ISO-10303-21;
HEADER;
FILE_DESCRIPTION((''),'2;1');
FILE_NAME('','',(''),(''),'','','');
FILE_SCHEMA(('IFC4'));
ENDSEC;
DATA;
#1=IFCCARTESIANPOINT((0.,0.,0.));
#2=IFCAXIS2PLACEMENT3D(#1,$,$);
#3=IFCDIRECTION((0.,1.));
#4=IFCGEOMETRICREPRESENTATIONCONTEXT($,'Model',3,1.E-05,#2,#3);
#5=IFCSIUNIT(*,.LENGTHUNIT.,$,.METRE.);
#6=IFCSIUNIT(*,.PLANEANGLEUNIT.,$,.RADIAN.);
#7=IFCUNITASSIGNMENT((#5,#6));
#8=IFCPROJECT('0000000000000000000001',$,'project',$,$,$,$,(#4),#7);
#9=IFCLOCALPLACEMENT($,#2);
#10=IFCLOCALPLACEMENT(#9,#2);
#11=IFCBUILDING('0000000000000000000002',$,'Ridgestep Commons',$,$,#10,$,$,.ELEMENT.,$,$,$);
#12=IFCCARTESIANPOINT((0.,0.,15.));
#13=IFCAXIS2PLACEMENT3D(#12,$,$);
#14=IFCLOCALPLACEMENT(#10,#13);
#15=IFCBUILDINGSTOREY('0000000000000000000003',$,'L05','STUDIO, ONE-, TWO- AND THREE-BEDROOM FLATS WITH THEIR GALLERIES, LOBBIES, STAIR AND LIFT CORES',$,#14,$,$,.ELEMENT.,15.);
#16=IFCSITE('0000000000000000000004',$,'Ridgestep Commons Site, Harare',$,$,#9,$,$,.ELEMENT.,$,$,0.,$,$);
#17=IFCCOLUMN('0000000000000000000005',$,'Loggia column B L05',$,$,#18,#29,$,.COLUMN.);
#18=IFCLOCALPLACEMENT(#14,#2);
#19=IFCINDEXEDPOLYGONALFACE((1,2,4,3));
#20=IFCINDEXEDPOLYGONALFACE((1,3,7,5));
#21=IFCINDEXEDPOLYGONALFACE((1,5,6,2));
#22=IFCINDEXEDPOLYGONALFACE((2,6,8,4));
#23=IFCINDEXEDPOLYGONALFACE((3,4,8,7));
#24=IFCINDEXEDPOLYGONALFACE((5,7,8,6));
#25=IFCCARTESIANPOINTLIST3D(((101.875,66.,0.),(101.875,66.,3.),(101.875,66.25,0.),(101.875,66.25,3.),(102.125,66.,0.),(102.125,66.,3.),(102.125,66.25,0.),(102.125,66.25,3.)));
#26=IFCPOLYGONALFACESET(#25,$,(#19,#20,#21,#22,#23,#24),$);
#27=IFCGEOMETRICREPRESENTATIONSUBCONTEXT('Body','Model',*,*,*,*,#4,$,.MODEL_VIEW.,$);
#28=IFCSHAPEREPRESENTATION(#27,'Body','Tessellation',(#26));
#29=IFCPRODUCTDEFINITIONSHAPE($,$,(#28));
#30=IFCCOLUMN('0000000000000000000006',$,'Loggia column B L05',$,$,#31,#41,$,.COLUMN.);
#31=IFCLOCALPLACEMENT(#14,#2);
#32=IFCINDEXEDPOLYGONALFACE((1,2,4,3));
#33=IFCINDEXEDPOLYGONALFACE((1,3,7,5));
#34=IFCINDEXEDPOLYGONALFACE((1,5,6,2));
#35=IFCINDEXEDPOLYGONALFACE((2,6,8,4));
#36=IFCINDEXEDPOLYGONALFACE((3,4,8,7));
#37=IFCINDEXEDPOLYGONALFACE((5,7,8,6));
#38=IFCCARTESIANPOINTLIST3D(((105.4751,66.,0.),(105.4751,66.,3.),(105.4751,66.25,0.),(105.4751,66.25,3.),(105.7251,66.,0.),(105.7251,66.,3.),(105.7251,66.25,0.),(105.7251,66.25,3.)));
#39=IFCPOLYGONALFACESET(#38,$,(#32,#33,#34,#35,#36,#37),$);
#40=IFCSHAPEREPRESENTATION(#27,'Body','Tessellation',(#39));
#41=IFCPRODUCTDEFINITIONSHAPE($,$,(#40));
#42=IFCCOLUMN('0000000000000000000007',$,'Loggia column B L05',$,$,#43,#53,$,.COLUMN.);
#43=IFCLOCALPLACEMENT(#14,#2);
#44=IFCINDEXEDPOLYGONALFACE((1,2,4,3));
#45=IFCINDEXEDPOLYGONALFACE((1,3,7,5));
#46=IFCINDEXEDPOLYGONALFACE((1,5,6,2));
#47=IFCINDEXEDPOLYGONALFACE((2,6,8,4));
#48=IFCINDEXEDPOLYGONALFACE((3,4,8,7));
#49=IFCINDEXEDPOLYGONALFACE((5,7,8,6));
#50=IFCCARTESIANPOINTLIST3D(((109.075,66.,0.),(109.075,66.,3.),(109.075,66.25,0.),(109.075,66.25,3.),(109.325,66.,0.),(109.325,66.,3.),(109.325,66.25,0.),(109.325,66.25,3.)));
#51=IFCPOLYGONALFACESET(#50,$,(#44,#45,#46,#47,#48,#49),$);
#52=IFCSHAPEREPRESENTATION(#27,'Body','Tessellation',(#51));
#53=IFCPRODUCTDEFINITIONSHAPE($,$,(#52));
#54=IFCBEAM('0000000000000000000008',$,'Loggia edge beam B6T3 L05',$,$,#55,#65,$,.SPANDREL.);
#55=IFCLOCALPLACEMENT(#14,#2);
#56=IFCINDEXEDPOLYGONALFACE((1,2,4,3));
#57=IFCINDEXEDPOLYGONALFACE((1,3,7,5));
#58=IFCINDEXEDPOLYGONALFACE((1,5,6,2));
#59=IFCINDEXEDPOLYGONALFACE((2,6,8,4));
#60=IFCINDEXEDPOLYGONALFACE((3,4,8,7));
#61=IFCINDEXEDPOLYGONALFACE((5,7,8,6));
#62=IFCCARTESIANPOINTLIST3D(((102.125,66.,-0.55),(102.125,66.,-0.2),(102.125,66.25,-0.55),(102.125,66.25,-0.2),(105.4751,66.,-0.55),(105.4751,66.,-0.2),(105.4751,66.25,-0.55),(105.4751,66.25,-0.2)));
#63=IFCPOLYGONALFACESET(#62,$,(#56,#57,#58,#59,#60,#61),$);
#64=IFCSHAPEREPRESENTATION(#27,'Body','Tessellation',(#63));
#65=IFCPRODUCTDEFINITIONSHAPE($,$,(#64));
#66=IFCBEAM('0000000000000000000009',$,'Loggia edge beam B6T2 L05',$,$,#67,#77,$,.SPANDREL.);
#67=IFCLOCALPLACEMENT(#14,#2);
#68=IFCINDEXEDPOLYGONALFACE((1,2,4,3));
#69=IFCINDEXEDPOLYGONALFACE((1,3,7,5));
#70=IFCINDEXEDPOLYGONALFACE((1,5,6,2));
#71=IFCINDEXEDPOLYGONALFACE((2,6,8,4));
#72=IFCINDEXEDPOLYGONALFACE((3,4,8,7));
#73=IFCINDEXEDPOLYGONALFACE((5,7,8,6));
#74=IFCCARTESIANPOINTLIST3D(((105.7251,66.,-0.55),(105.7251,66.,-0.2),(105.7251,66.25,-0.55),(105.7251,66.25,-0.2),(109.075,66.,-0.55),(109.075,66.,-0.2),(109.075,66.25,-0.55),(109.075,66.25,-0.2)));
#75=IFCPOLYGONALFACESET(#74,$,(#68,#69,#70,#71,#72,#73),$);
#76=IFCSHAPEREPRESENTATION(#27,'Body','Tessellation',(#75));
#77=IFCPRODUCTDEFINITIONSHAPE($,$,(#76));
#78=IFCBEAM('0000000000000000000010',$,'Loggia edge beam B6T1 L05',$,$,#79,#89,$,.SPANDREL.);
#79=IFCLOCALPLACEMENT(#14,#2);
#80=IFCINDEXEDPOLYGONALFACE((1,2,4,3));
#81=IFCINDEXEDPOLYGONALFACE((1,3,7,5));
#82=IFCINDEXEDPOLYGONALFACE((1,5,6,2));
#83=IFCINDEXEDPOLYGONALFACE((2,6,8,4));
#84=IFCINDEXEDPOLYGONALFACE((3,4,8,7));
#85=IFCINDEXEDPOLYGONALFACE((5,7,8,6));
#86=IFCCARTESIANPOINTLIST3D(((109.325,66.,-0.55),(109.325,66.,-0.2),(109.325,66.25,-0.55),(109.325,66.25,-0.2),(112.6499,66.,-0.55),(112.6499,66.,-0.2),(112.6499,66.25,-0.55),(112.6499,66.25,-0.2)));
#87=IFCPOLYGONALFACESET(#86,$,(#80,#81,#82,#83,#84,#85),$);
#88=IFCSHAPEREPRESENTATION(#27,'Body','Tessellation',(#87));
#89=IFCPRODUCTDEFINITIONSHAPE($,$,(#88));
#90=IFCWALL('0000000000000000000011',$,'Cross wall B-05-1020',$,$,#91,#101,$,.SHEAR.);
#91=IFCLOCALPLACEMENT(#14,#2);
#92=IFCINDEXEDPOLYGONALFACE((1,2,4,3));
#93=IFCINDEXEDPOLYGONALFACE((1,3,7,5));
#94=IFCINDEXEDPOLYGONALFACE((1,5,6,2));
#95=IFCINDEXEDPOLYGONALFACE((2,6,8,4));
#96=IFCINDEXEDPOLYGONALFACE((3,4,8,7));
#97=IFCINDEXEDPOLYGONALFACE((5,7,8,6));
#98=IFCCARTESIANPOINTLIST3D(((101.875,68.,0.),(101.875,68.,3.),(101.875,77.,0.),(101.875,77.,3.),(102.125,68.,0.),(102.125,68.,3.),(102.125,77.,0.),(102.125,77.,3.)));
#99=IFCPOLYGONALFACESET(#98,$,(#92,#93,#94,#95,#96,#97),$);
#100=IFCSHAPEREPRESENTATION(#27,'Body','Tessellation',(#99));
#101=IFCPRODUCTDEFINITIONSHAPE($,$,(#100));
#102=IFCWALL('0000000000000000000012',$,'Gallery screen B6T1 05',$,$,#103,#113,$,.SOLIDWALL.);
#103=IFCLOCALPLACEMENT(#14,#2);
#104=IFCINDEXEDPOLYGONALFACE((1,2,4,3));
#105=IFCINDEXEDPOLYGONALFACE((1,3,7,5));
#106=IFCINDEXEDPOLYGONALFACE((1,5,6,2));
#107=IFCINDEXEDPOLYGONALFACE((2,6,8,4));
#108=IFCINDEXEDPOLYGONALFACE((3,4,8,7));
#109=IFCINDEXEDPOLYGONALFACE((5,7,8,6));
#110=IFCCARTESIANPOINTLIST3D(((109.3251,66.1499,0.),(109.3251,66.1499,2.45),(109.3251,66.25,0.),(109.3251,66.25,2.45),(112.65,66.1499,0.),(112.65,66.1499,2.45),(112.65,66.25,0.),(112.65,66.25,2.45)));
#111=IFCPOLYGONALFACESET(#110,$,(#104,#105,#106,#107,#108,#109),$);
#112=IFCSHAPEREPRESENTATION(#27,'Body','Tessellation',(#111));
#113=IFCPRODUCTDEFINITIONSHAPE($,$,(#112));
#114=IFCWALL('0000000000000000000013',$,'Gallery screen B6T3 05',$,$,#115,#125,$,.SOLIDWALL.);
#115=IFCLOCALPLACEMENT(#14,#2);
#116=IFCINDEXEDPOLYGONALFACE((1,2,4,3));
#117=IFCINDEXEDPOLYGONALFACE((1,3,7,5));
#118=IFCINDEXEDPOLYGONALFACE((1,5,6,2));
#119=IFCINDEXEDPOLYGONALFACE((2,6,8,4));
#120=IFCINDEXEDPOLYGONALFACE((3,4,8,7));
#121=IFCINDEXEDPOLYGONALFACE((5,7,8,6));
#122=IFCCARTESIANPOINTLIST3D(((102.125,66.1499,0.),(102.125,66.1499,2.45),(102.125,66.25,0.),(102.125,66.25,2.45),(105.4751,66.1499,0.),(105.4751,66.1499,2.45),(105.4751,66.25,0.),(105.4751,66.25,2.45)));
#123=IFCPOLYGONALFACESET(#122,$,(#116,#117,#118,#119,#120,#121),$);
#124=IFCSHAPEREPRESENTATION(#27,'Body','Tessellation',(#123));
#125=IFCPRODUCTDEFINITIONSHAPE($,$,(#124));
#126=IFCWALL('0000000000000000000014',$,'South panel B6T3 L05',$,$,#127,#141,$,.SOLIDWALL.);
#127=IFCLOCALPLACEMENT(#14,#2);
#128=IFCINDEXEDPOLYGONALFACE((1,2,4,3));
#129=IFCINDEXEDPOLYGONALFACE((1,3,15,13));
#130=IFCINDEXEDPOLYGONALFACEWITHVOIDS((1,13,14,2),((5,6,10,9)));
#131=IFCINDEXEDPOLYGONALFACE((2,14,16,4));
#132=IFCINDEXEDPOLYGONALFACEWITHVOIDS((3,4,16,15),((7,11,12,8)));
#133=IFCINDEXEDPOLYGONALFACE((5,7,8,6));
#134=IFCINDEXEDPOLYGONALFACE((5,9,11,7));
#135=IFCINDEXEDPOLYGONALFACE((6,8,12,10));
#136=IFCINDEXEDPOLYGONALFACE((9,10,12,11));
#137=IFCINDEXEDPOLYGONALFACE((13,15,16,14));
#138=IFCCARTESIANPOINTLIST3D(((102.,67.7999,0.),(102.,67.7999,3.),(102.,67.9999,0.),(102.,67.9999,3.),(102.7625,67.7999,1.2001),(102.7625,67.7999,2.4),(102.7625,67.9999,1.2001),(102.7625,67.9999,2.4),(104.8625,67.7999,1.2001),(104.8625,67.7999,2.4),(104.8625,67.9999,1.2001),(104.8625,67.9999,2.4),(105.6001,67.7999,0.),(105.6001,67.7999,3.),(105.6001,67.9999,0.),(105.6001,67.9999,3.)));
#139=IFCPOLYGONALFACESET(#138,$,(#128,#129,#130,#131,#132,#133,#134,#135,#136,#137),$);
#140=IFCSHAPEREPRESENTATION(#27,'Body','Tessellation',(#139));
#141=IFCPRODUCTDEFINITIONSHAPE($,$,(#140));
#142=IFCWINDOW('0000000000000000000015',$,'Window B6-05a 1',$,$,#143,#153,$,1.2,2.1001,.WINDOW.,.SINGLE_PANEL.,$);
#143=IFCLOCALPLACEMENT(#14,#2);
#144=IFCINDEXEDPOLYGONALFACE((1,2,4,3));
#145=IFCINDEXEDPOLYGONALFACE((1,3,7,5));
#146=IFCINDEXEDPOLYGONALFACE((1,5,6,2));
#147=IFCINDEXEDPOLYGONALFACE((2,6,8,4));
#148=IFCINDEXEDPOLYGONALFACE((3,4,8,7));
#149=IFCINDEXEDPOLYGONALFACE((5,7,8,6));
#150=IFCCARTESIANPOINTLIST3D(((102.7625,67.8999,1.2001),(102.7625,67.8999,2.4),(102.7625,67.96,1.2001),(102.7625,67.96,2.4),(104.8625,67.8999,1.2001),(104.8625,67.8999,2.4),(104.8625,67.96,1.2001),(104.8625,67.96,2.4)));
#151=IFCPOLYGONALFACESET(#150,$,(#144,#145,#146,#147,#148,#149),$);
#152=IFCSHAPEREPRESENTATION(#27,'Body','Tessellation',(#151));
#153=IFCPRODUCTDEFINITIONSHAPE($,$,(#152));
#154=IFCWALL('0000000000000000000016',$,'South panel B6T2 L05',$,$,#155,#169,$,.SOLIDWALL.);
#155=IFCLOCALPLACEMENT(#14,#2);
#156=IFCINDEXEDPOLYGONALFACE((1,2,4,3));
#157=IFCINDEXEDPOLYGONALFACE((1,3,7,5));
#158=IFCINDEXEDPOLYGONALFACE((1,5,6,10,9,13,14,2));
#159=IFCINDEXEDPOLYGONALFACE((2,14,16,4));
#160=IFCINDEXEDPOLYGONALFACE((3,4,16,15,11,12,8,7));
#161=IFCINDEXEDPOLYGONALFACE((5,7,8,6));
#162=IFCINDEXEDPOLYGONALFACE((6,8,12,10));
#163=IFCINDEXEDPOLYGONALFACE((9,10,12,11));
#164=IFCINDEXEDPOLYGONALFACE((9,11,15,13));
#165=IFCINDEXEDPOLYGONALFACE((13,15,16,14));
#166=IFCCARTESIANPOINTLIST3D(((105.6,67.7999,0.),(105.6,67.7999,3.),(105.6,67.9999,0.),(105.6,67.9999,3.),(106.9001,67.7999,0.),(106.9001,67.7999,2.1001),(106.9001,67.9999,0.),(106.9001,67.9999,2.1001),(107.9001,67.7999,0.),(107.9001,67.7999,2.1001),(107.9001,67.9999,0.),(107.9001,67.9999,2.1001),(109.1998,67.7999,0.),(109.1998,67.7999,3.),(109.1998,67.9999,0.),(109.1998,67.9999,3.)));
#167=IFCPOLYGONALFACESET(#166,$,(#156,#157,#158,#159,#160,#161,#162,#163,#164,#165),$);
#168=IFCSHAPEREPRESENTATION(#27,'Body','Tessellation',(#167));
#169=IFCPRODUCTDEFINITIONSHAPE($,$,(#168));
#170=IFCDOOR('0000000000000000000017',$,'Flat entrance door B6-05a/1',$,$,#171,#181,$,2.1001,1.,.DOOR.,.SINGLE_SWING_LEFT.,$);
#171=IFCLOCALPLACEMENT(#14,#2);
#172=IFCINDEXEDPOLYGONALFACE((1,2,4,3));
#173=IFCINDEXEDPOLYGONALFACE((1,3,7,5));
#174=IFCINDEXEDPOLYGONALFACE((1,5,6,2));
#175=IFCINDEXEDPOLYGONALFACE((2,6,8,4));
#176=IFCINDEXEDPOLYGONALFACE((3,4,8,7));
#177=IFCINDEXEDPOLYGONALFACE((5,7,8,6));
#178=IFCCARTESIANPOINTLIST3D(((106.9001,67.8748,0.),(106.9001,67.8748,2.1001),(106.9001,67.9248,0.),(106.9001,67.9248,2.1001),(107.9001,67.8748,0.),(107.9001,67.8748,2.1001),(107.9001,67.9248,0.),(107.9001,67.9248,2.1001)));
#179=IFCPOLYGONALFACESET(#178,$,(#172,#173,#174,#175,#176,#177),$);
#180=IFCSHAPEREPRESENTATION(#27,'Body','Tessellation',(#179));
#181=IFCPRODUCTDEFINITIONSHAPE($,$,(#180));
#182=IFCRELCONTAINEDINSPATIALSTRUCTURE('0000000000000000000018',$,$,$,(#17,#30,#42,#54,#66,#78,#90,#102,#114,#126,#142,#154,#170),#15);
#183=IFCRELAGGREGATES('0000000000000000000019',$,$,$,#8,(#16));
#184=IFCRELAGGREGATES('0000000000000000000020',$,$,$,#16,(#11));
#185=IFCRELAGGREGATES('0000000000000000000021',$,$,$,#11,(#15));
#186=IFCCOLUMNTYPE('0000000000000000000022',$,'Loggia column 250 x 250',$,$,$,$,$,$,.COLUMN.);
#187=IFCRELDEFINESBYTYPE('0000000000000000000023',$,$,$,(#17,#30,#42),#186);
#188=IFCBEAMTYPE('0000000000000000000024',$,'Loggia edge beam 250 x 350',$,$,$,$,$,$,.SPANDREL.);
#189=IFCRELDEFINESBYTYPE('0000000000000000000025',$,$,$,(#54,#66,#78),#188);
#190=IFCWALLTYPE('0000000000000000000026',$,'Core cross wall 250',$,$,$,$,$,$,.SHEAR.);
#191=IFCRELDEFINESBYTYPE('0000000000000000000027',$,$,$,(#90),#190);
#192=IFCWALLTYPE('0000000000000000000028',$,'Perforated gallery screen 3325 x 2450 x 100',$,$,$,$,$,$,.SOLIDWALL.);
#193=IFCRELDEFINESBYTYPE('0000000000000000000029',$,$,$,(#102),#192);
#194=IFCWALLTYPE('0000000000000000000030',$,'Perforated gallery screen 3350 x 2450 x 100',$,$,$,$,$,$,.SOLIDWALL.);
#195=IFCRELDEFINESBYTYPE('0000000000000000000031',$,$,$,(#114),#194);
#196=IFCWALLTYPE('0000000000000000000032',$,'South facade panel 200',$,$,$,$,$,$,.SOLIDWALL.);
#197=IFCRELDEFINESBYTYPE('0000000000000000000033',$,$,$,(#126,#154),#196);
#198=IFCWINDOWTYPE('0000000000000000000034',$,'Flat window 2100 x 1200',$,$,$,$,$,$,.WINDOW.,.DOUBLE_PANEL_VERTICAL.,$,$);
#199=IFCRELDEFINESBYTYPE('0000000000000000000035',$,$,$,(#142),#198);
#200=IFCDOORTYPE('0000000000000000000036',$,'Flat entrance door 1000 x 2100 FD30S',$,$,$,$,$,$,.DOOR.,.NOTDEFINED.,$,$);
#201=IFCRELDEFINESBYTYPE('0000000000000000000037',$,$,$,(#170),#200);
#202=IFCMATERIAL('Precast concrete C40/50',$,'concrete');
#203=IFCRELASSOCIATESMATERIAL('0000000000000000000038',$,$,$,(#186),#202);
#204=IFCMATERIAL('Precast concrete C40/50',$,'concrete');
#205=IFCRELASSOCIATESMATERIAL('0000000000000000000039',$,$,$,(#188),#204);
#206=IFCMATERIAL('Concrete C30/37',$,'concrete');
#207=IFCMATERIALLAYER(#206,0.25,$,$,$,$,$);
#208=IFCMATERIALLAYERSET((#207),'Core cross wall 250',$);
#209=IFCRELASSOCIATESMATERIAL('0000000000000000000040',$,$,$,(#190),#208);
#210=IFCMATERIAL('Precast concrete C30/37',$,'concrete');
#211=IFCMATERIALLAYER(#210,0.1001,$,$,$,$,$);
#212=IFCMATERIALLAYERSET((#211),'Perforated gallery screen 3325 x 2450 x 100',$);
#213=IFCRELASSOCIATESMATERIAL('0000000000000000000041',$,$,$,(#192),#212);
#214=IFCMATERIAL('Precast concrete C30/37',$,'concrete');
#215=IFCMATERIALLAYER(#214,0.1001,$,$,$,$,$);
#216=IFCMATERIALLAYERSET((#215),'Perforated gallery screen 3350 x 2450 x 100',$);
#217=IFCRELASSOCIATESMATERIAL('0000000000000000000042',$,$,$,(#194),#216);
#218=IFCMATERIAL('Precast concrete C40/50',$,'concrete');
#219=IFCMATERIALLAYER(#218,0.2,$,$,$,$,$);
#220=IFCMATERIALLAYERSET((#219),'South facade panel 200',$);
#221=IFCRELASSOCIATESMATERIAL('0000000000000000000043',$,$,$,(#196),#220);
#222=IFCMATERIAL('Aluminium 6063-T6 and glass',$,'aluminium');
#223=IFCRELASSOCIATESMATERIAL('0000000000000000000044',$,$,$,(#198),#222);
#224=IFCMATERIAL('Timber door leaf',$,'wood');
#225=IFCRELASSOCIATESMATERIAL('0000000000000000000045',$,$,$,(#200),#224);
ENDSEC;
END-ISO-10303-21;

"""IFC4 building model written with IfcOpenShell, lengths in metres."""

from ifc_helpers import new_model, si_unit, direction, frame, frame_2d, origin, origin_2d, place, context, subcontext, project, spatial, rectangle, extrude, material, layer, layer_set, material_profile, profile_set, type_object, element, fill, save


model = new_model("IFC4")

# Units and contexts
model_context = context("Model", 3, precision=1e-05, world=origin(), true_north=direction((0.0, 1.0)))
body_context = subcontext(model_context, "Body", "Model", "MODEL_VIEW")
ifc_project = project(units=[si_unit("LENGTHUNIT", "METRE"), si_unit("PLANEANGLEUNIT", "RADIAN")], contexts=[model_context])

# Site, building, storey
site_placement = place(None, origin())
site = spatial("IfcSite", under=ifc_project, at=site_placement, Name="Ridgestep Commons Site, Harare", CompositionType="ELEMENT", RefElevation=0.0)
building_placement = place(site_placement, origin())
building = spatial("IfcBuilding", under=site, at=building_placement, Name="Ridgestep Commons", CompositionType="ELEMENT")
storey_placement = place(building_placement, frame((0.0, 0.0, 15.0)))
storey = spatial("IfcBuildingStorey", under=building, at=storey_placement, Name="L05", Description="STUDIO, ONE-, TWO- AND THREE-BEDROOM FLATS WITH THEIR GALLERIES, LOBBIES, STAIR AND LIFT CORES", CompositionType="ELEMENT", Elevation=15.0)

# Columns
ifc_material_1 = material(Name="Precast concrete C40/50", Category="concrete")
ifc_material_profile_1 = material_profile(ifc_material_1, rectangle(XDim=0.25, YDim=0.25, at=origin_2d()), Name="PC 250x250")
ifc_profile_set_1 = profile_set([ifc_material_profile_1], Name="Precast concrete C40/50")
column_type = type_object("IfcColumnType", Name="Loggia column 250 x 250", PredefinedType="COLUMN", material=ifc_profile_set_1)
for number, where, z_axis, x_axis, name in (
    (1, (102.0, 66.125, 0.0), (0.0, 0.0, 1.0), (1.0, 0.0, 0.0), "Loggia column B L05"),
    (2, (105.6001, 66.125, 0.0), (0.0, 0.0, 1.0), (1.0, 0.0, 0.0), "Loggia column B L05"),
    (3, (109.2, 66.125, 0.0), (0.0, 0.0, 1.0), (1.0, 0.0, 0.0), "Loggia column B L05"),
):
    element("IfcColumn", number, at=place(storey_placement, frame(where, z_axis=z_axis, x_axis=x_axis)), inside=storey, type_object=column_type, Name=name, PredefinedType="COLUMN", context=body_context, shape_type="SweptSolid", body=[
        extrude(rectangle(XDim=0.25, YDim=0.25, at=origin_2d()), origin(), (0.0, 0.0, 1.0), 3.0),
    ])

# Beams
ifc_material_2 = material(Name="Precast concrete C40/50", Category="concrete")
ifc_material_profile_2 = material_profile(ifc_material_2, rectangle(XDim=0.25, YDim=0.3501, at=origin_2d()), Name="PC 250x350")
ifc_profile_set_2 = profile_set([ifc_material_profile_2], Name="Precast concrete C40/50")
beam_type = type_object("IfcBeamType", Name="Loggia edge beam 250 x 350", PredefinedType="SPANDREL", material=ifc_profile_set_2)
beam_1_placement = place(storey_placement, frame((102.125, 66.125, -0.375), z_axis=(1.0, 0.0, 0.0), x_axis=(0.0, 1.0, 0.0)))
element("IfcBeam", 4, at=beam_1_placement, inside=storey, type_object=beam_type, Name="Loggia edge beam B6T3 L05", PredefinedType="SPANDREL", context=body_context, shape_type="SweptSolid", body=[
    extrude(rectangle(XDim=0.25, YDim=0.3501, at=origin_2d()), origin(), (0.0, 0.0, 1.0), 3.3501),
])
beam_2_placement = place(storey_placement, frame((105.7251, 66.125, -0.375), z_axis=(1.0, 0.0, 0.0), x_axis=(0.0, 1.0, 0.0)))
element("IfcBeam", 5, at=beam_2_placement, inside=storey, type_object=beam_type, Name="Loggia edge beam B6T2 L05", PredefinedType="SPANDREL", context=body_context, shape_type="SweptSolid", body=[
    extrude(rectangle(XDim=0.25, YDim=0.3501, at=origin_2d()), origin(), (0.0, 0.0, 1.0), 3.3499),
])
beam_3_placement = place(storey_placement, frame((109.325, 66.125, -0.375), z_axis=(1.0, 0.0, 0.0), x_axis=(0.0, 1.0, 0.0)))
element("IfcBeam", 6, at=beam_3_placement, inside=storey, type_object=beam_type, Name="Loggia edge beam B6T1 L05", PredefinedType="SPANDREL", context=body_context, shape_type="SweptSolid", body=[
    extrude(rectangle(XDim=0.25, YDim=0.3501, at=origin_2d()), origin(), (0.0, 0.0, 1.0), 3.325),
])

# Walls
ifc_material_3 = material(Name="Concrete C30/37", Category="concrete")
ifc_layer_1 = layer(ifc_material_3, 0.25)
ifc_layer_set_1 = layer_set([ifc_layer_1], Name="Core cross wall 250")
wall_type_1 = type_object("IfcWallType", Name="Core cross wall 250", PredefinedType="SHEAR", material=ifc_layer_set_1)
wall_1_placement = place(storey_placement, frame((102.0, 68.0, 0.0), z_axis=(0.0, 0.0, 1.0), x_axis=(0.0, 1.0, 0.0)))
element("IfcWall", 7, at=wall_1_placement, inside=storey, type_object=wall_type_1, Name="Cross wall B-05-1020", PredefinedType="SHEAR", context=body_context, shape_type="SweptSolid", body=[
    extrude(rectangle(XDim=9.0, YDim=0.25, at=frame_2d((4.5, 0.0))), origin(), (0.0, 0.0, 1.0), 3.0),
])
ifc_material_4 = material(Name="Precast concrete C30/37", Category="concrete")
ifc_layer_2 = layer(ifc_material_4, 0.1001)
ifc_layer_set_2 = layer_set([ifc_layer_2], Name="Perforated gallery screen 3325 x 2450 x 100")
wall_type_2 = type_object("IfcWallType", Name="Perforated gallery screen 3325 x 2450 x 100", PredefinedType="SOLIDWALL", material=ifc_layer_set_2)
wall_2_placement = place(storey_placement, frame((109.325, 66.2, 0.0), z_axis=(0.0, 0.0, 1.0), x_axis=(1.0, 0.0, 0.0)))
element("IfcWall", 8, at=wall_2_placement, inside=storey, type_object=wall_type_2, Name="Gallery screen B6T1 05", PredefinedType="SOLIDWALL", context=body_context, shape_type="SweptSolid", body=[
    extrude(rectangle(XDim=3.325, YDim=0.1001, at=frame_2d((1.6626, 0.0))), origin(), (0.0, 0.0, 1.0), 2.45),
])
ifc_material_5 = material(Name="Precast concrete C30/37", Category="concrete")
ifc_layer_3 = layer(ifc_material_5, 0.1001)
ifc_layer_set_3 = layer_set([ifc_layer_3], Name="Perforated gallery screen 3350 x 2450 x 100")
wall_type_3 = type_object("IfcWallType", Name="Perforated gallery screen 3350 x 2450 x 100", PredefinedType="SOLIDWALL", material=ifc_layer_set_3)
wall_3_placement = place(storey_placement, frame((102.125, 66.2, 0.0), z_axis=(0.0, 0.0, 1.0), x_axis=(1.0, 0.0, 0.0)))
element("IfcWall", 9, at=wall_3_placement, inside=storey, type_object=wall_type_3, Name="Gallery screen B6T3 05", PredefinedType="SOLIDWALL", context=body_context, shape_type="SweptSolid", body=[
    extrude(rectangle(XDim=3.3501, YDim=0.1001, at=frame_2d((1.675, 0.0))), origin(), (0.0, 0.0, 1.0), 2.45),
])

# Wall, opening, window
ifc_material_6 = material(Name="Precast concrete C40/50", Category="concrete")
ifc_layer_4 = layer(ifc_material_6, 0.2)
ifc_layer_set_4 = layer_set([ifc_layer_4], Name="South facade panel 200")
wall_type_4 = type_object("IfcWallType", Name="South facade panel 200", PredefinedType="SOLIDWALL", material=ifc_layer_set_4)
wall_4_placement = place(storey_placement, frame((102.0, 67.8999, 0.0), z_axis=(0.0, 0.0, 1.0), x_axis=(1.0, 0.0, 0.0)))
wall_4 = element("IfcWall", 10, at=wall_4_placement, inside=storey, type_object=wall_type_4, Name="South panel B6T3 L05", PredefinedType="SOLIDWALL", context=body_context, shape_type="SweptSolid", body=[
    extrude(rectangle(XDim=3.6001, YDim=0.2, at=frame_2d((1.8, 0.0))), origin(), (0.0, 0.0, 1.0), 3.0),
])
opening_1_placement = place(wall_4_placement, frame((0.7625, 0.0, 1.2)))
opening_1 = element("IfcOpeningElement", 11, at=opening_1_placement, cuts=wall_4, PredefinedType="OPENING", context=body_context, shape_type="SweptSolid", body=[
    extrude(rectangle(XDim=2.1001, YDim=1.2, at=frame_2d((1.05, 0.6001))), frame((0.0, 0.1099, 0.0), z_axis=(0.0, -1.0, 0.0), x_axis=(1.0, 0.0, 0.0)), (0.0, 0.0, 1.0), 0.22),
])
ifc_material_7 = material(Name="Aluminium 6063-T6 and glass", Category="aluminium")
window_type = type_object("IfcWindowType", Name="Flat window 2100 x 1200", PartitioningType="DOUBLE_PANEL_VERTICAL", PredefinedType="WINDOW", material=ifc_material_7)
window_1_placement = place(opening_1_placement, origin())
window_1 = element("IfcWindow", 12, at=window_1_placement, inside=storey, type_object=window_type, Name="Window B6-05a 1", OverallHeight=1.2, OverallWidth=2.1001, PartitioningType="SINGLE_PANEL", PredefinedType="WINDOW", context=body_context, shape_type="SweptSolid", body=[
    extrude(rectangle(XDim=2.1001, YDim=1.2, at=frame_2d((1.05, 0.6001))), frame((0.0, 0.0601, 0.0), z_axis=(0.0, -1.0, 0.0), x_axis=(1.0, 0.0, 0.0)), (0.0, 0.0, 1.0), 0.0601),
])
fill(opening_1, window_1)

# Wall, opening, door
wall_5_placement = place(storey_placement, frame((105.6001, 67.8999, 0.0), z_axis=(0.0, 0.0, 1.0), x_axis=(1.0, 0.0, 0.0)))
wall_5 = element("IfcWall", 13, at=wall_5_placement, inside=storey, type_object=wall_type_4, Name="South panel B6T2 L05", PredefinedType="SOLIDWALL", context=body_context, shape_type="SweptSolid", body=[
    extrude(rectangle(XDim=3.5999, YDim=0.2, at=frame_2d((1.7998, 0.0))), origin(), (0.0, 0.0, 1.0), 3.0),
])
opening_2_placement = place(wall_5_placement, frame((1.3, 0.0, 0.0)))
opening_2 = element("IfcOpeningElement", 14, at=opening_2_placement, cuts=wall_5, PredefinedType="OPENING", context=body_context, shape_type="SweptSolid", body=[
    extrude(rectangle(XDim=1.0, YDim=2.1001, at=frame_2d((0.5, 1.05))), frame((0.0, 0.1099, 0.0), z_axis=(0.0, -1.0, 0.0), x_axis=(1.0, 0.0, 0.0)), (0.0, 0.0, 1.0), 0.22),
])
ifc_material_8 = material(Name="Timber door leaf", Category="wood")
door_type = type_object("IfcDoorType", Name="Flat entrance door 1000 x 2100 FD30S", OperationType="NOTDEFINED", PredefinedType="DOOR", material=ifc_material_8)
door_placement = place(opening_2_placement, origin())
door = element("IfcDoor", 15, at=door_placement, inside=storey, type_object=door_type, Name="Flat entrance door B6-05a/1", OperationType="SINGLE_SWING_LEFT", OverallHeight=2.1001, OverallWidth=1.0, PredefinedType="DOOR", context=body_context, shape_type="SweptSolid", body=[
    extrude(rectangle(XDim=1.0, YDim=2.1001, at=frame_2d((0.5, 1.05))), frame((0.0, 0.0249, 0.0), z_axis=(0.0, -1.0, 0.0), x_axis=(1.0, 0.0, 0.0)), (0.0, 0.0, 1.0), 0.05),
])
fill(opening_2, door)

save(model, "model.ifc")
